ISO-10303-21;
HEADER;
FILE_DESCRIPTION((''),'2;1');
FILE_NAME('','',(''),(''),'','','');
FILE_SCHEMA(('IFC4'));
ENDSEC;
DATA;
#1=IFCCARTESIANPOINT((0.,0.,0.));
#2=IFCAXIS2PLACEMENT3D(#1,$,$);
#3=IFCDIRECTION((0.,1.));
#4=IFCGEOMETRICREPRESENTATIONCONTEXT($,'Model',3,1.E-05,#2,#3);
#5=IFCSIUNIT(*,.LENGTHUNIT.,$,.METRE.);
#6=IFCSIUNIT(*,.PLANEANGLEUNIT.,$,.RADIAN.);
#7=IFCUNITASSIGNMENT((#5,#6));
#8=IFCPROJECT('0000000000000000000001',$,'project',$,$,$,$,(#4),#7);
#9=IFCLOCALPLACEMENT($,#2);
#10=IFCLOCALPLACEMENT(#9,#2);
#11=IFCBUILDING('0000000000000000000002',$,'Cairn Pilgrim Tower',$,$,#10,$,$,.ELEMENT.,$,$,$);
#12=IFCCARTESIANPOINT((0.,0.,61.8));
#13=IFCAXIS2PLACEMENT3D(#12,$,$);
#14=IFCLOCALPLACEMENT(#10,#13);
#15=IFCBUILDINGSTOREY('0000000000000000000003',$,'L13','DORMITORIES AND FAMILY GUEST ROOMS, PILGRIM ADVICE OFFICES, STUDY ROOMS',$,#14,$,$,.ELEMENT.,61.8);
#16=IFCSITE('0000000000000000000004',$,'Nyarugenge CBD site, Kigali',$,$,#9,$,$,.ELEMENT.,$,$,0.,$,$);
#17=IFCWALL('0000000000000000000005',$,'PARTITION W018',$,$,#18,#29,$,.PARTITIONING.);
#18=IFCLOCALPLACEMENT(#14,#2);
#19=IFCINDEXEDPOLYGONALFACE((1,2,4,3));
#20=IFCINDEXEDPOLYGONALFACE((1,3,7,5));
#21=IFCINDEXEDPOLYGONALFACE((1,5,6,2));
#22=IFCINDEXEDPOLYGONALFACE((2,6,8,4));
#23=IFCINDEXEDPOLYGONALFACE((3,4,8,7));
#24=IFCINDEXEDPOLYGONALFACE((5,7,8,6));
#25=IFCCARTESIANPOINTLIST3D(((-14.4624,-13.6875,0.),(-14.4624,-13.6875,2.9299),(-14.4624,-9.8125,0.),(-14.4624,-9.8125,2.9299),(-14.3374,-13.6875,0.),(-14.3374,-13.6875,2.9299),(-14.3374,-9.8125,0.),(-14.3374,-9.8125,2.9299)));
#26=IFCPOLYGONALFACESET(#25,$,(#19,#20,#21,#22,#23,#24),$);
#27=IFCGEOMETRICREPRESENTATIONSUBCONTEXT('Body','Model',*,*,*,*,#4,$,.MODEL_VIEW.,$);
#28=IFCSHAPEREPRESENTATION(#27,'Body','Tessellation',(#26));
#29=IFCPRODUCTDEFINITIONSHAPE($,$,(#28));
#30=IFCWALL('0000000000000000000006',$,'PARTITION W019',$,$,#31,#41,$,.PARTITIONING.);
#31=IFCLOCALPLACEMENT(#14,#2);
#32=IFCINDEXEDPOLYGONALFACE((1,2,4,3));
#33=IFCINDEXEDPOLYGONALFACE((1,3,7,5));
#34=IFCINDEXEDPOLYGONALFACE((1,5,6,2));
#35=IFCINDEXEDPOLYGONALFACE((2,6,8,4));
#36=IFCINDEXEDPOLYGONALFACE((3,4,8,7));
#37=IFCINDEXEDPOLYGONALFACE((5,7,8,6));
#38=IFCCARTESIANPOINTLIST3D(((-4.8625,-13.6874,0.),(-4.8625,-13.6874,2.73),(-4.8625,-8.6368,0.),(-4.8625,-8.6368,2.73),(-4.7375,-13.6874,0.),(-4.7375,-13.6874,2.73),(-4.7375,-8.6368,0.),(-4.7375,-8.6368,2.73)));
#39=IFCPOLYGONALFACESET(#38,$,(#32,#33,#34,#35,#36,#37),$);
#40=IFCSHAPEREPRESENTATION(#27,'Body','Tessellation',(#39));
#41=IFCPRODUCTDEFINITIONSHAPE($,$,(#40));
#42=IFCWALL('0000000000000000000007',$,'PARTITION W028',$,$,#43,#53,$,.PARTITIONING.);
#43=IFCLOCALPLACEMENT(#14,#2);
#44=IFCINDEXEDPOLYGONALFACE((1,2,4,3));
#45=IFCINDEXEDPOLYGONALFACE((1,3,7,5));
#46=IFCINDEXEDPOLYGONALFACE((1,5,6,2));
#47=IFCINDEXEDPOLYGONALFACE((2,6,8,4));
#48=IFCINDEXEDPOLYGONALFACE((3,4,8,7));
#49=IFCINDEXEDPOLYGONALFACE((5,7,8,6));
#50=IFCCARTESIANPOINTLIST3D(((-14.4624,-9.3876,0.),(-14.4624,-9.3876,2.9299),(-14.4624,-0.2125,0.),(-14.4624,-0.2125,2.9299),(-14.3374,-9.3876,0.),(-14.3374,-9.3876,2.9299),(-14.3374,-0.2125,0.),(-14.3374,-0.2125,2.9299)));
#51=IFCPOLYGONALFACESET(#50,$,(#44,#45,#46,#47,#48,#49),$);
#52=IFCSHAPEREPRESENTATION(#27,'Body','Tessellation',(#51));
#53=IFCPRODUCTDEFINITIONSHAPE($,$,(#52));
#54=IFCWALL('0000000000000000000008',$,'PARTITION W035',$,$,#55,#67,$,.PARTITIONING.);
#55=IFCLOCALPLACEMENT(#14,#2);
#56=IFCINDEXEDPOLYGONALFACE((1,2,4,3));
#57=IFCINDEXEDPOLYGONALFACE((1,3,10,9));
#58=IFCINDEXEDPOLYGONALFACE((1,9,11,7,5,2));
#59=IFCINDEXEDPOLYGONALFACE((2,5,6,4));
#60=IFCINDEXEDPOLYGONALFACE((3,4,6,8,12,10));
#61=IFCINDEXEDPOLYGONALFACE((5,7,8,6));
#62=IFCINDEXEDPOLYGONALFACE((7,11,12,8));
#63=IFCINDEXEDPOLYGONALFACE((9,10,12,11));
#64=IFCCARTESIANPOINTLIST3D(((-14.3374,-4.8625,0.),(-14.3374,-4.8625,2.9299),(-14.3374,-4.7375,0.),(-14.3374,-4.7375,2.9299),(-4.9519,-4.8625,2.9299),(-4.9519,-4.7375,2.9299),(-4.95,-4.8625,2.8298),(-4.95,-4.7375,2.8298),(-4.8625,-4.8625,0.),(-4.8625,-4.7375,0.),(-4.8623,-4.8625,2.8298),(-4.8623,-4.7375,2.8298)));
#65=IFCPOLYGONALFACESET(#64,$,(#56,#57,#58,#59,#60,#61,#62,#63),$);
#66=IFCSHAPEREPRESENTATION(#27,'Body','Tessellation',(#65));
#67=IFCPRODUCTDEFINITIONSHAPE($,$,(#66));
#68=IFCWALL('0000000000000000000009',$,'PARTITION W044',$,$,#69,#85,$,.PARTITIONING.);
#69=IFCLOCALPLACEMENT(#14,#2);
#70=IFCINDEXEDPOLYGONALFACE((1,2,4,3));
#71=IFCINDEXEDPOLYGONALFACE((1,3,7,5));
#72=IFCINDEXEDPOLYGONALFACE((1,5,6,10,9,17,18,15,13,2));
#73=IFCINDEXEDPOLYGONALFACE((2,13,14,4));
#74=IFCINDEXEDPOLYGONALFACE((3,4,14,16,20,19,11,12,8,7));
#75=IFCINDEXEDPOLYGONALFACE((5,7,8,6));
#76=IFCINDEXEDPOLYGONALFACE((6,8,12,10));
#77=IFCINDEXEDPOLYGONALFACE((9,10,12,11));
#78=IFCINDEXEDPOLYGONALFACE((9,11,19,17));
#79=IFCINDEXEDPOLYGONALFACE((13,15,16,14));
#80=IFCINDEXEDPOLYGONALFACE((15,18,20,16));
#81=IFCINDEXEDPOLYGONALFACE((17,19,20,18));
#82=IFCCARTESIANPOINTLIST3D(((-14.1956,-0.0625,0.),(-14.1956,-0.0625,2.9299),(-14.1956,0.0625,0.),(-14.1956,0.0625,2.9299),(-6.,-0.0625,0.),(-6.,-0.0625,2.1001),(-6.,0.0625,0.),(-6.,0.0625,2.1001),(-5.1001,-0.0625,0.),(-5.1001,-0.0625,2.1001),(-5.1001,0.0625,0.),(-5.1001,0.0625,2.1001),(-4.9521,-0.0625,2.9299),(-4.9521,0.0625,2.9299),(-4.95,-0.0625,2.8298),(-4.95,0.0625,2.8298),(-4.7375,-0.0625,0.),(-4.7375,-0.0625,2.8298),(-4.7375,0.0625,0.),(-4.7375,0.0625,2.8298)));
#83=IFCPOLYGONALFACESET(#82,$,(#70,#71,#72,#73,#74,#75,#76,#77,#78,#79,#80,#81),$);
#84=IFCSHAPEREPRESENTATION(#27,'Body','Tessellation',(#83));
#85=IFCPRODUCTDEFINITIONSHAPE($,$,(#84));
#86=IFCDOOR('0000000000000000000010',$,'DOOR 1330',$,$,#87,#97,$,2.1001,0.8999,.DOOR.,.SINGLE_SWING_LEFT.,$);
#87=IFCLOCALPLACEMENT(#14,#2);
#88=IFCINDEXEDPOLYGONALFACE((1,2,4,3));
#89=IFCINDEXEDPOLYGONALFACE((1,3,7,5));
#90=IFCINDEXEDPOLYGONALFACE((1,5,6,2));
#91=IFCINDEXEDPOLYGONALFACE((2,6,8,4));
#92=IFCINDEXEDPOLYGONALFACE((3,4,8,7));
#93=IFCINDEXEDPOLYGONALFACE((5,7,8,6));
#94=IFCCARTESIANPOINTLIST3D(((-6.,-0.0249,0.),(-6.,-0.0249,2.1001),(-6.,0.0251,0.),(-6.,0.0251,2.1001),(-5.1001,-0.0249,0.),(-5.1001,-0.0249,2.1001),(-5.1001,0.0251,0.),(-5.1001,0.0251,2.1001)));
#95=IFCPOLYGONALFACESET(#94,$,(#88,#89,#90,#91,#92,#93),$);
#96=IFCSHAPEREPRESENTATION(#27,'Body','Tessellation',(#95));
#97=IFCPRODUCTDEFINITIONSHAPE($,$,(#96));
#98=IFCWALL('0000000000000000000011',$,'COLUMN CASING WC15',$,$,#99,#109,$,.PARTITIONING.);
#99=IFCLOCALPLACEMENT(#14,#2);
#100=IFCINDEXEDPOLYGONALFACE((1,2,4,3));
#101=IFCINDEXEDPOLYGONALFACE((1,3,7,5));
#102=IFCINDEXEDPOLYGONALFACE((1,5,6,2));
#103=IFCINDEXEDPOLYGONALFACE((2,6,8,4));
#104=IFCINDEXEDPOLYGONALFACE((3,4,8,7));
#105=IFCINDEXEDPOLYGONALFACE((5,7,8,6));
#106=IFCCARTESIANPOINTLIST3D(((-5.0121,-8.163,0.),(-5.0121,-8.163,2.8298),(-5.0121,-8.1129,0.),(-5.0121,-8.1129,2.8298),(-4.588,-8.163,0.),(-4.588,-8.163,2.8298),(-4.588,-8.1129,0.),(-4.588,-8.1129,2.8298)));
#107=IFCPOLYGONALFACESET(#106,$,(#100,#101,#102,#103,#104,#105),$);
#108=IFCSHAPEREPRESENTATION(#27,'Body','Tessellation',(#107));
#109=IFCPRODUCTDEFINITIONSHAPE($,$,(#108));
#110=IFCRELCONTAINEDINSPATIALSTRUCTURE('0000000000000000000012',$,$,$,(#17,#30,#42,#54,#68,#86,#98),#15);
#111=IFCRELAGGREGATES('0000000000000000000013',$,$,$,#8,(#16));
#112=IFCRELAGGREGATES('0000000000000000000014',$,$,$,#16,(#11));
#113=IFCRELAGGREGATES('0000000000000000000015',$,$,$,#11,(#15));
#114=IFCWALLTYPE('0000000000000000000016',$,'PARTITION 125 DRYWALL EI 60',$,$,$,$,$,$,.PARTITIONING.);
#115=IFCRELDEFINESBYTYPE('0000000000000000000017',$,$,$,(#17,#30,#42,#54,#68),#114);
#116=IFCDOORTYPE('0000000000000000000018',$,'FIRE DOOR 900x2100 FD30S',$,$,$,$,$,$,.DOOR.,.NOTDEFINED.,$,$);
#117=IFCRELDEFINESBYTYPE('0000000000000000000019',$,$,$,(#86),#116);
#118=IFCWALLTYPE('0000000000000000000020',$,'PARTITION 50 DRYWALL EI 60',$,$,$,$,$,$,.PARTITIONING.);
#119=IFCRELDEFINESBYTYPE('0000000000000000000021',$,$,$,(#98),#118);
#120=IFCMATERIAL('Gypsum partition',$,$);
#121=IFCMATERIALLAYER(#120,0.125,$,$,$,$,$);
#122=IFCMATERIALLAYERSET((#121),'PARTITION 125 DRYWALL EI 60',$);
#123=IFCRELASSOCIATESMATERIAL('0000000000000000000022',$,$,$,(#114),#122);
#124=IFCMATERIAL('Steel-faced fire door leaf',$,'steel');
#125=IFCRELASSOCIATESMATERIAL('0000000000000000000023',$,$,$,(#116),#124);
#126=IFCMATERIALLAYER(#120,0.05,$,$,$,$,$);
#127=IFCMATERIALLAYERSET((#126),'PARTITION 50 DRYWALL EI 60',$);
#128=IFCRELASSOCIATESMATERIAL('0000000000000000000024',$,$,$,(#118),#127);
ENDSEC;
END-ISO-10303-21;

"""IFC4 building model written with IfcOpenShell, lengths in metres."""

from ifc_helpers import new_model, si_unit, direction, frame, frame_2d, origin, place, context, subcontext, project, spatial, polyline, rectangle, outline, extrude, material, layer, layer_set, type_object, element, fill, save


model = new_model("IFC4")

# Units and contexts
model_context = context("Model", 3, precision=1e-05, world=origin(), true_north=direction((0.0, 1.0)))
body_context = subcontext(model_context, "Body", "Model", "MODEL_VIEW")
ifc_project = project(units=[si_unit("LENGTHUNIT", "METRE"), si_unit("PLANEANGLEUNIT", "RADIAN")], contexts=[model_context])

# Site, building, storey
site_placement = place(None, origin())
site = spatial("IfcSite", under=ifc_project, at=site_placement, Name="Nyarugenge CBD site, Kigali", CompositionType="ELEMENT", RefElevation=0.0)
building_placement = place(site_placement, origin())
building = spatial("IfcBuilding", under=site, at=building_placement, Name="Cairn Pilgrim Tower", CompositionType="ELEMENT")
storey_placement = place(building_placement, frame((0.0, 0.0, 61.8)))
storey = spatial("IfcBuildingStorey", under=building, at=storey_placement, Name="L13", Description="DORMITORIES AND FAMILY GUEST ROOMS, PILGRIM ADVICE OFFICES, STUDY ROOMS", CompositionType="ELEMENT", Elevation=61.8)

# Walls
ifc_material_1 = material(Name="Gypsum partition")
ifc_layer_1 = layer(ifc_material_1, 0.125)
ifc_layer_set_1 = layer_set([ifc_layer_1], Name="PARTITION 125 DRYWALL EI 60")
wall_type_1 = type_object("IfcWallType", Name="PARTITION 125 DRYWALL EI 60", PredefinedType="PARTITIONING", material=ifc_layer_set_1)
wall_1_placement = place(storey_placement, frame((-14.3999, -13.6875, 0.0), z_axis=(0.0, 0.0, 1.0), x_axis=(0.0, 1.0, 0.0)))
element("IfcWall", 1, at=wall_1_placement, inside=storey, type_object=wall_type_1, Name="PARTITION W018", PredefinedType="PARTITIONING", context=body_context, shape_type="SweptSolid", body=[
    extrude(rectangle(XDim=3.875, YDim=0.125, at=frame_2d((1.9375, 0.0))), origin(), (0.0, 0.0, 1.0), 2.9299),
])
wall_2_placement = place(storey_placement, frame((-4.8, -13.6875, 0.0), z_axis=(0.0, 0.0, 1.0), x_axis=(0.0, 1.0, 0.0)))
element("IfcWall", 2, at=wall_2_placement, inside=storey, type_object=wall_type_1, Name="PARTITION W019", PredefinedType="PARTITIONING", context=body_context, shape_type="SweptSolid", body=[
    extrude(rectangle(XDim=5.0505, YDim=0.125, at=frame_2d((2.5254, 0.0))), origin(), (0.0, 0.0, 1.0), 2.73),
])
wall_3_placement = place(storey_placement, frame((-14.3999, -9.3875, 0.0), z_axis=(0.0, 0.0, 1.0), x_axis=(0.0, 1.0, 0.0)))
element("IfcWall", 3, at=wall_3_placement, inside=storey, type_object=wall_type_1, Name="PARTITION W028", PredefinedType="PARTITIONING", context=body_context, shape_type="SweptSolid", body=[
    extrude(rectangle(XDim=9.175, YDim=0.125, at=frame_2d((4.5874, 0.0))), origin(), (0.0, 0.0, 1.0), 2.9299),
])
wall_4_placement = place(storey_placement, frame((-14.3374, -4.8, 0.0), z_axis=(0.0, 0.0, 1.0), x_axis=(1.0, 0.0, 0.0)))
element("IfcWall", 4, at=wall_4_placement, inside=storey, type_object=wall_type_1, Name="PARTITION W035", PredefinedType="PARTITIONING", context=body_context, shape_type="SweptSolid", body=[
    extrude(outline(polyline([(0.0, 0.0), (9.4749, 0.0), (9.4751, 2.8298), (9.3875, 2.8298), (9.3855, 2.9299), (0.0, 2.9299), (0.0, 0.0)])), frame((0.0, 0.0625, 0.0), z_axis=(0.0, -1.0, 0.0), x_axis=(1.0, 0.0, 0.0)), (0.0, 0.0, 1.0), 0.125),
])

# Wall, opening, door
wall_5_placement = place(storey_placement, frame((-14.1956, 0.0, 0.0), z_axis=(0.0, 0.0, 1.0), x_axis=(1.0, 0.0, 0.0)))
wall_5 = element("IfcWall", 5, at=wall_5_placement, inside=storey, type_object=wall_type_1, Name="PARTITION W044", PredefinedType="PARTITIONING", context=body_context, shape_type="SweptSolid", body=[
    extrude(outline(polyline([(0.0, 0.0), (9.458, 0.0), (9.458, 2.8298), (9.2456, 2.8298), (9.2434, 2.9299), (0.0, 2.9299), (0.0, 0.0)])), frame((0.0, 0.0625, 0.0), z_axis=(0.0, -1.0, 0.0), x_axis=(1.0, 0.0, 0.0)), (0.0, 0.0, 1.0), 0.125),
])
opening_placement = place(wall_5_placement, frame((8.1956, 0.0, 0.0)))
opening = element("IfcOpeningElement", 6, at=opening_placement, cuts=wall_5, PredefinedType="OPENING", context=body_context, shape_type="SweptSolid", body=[
    extrude(rectangle(XDim=0.8999, YDim=2.1001, at=frame_2d((0.45, 1.05))), frame((0.0, 0.0725, 0.0), z_axis=(0.0, -1.0, 0.0), x_axis=(1.0, 0.0, 0.0)), (0.0, 0.0, 1.0), 0.145),
])
ifc_material_2 = material(Name="Steel-faced fire door leaf", Category="steel")
door_type = type_object("IfcDoorType", Name="FIRE DOOR 900x2100 FD30S", OperationType="NOTDEFINED", PredefinedType="DOOR", material=ifc_material_2)
door_placement = place(opening_placement, frame((0.8999, 0.0, 0.0), z_axis=(0.0, 0.0, 1.0), x_axis=(-1.0, 0.0, 0.0)))
door = element("IfcDoor", 7, at=door_placement, inside=storey, type_object=door_type, Name="DOOR 1330", OperationType="SINGLE_SWING_LEFT", OverallHeight=2.1001, OverallWidth=0.8999, PredefinedType="DOOR", context=body_context, shape_type="SweptSolid", body=[
    extrude(rectangle(XDim=0.8999, YDim=2.1001, at=frame_2d((0.45, 1.05))), frame((0.0, 0.0249, 0.0), z_axis=(0.0, -1.0, 0.0), x_axis=(1.0, 0.0, 0.0)), (0.0, 0.0, 1.0), 0.05),
])
fill(opening, door)

# Wall
ifc_layer_2 = layer(ifc_material_1, 0.05)
ifc_layer_set_2 = layer_set([ifc_layer_2], Name="PARTITION 50 DRYWALL EI 60")
wall_type_2 = type_object("IfcWallType", Name="PARTITION 50 DRYWALL EI 60", PredefinedType="PARTITIONING", material=ifc_layer_set_2)
wall_6_placement = place(storey_placement, frame((-5.012, -8.1379, 0.0), z_axis=(0.0, 0.0, 1.0), x_axis=(1.0, 0.0, 0.0)))
element("IfcWall", 8, at=wall_6_placement, inside=storey, type_object=wall_type_2, Name="COLUMN CASING WC15", PredefinedType="PARTITIONING", context=body_context, shape_type="SweptSolid", body=[
    extrude(rectangle(XDim=0.4241, YDim=0.05, at=frame_2d((0.2119, 0.0))), origin(), (0.0, 0.0, 1.0), 2.8298),
])

save(model, "model.ifc")
